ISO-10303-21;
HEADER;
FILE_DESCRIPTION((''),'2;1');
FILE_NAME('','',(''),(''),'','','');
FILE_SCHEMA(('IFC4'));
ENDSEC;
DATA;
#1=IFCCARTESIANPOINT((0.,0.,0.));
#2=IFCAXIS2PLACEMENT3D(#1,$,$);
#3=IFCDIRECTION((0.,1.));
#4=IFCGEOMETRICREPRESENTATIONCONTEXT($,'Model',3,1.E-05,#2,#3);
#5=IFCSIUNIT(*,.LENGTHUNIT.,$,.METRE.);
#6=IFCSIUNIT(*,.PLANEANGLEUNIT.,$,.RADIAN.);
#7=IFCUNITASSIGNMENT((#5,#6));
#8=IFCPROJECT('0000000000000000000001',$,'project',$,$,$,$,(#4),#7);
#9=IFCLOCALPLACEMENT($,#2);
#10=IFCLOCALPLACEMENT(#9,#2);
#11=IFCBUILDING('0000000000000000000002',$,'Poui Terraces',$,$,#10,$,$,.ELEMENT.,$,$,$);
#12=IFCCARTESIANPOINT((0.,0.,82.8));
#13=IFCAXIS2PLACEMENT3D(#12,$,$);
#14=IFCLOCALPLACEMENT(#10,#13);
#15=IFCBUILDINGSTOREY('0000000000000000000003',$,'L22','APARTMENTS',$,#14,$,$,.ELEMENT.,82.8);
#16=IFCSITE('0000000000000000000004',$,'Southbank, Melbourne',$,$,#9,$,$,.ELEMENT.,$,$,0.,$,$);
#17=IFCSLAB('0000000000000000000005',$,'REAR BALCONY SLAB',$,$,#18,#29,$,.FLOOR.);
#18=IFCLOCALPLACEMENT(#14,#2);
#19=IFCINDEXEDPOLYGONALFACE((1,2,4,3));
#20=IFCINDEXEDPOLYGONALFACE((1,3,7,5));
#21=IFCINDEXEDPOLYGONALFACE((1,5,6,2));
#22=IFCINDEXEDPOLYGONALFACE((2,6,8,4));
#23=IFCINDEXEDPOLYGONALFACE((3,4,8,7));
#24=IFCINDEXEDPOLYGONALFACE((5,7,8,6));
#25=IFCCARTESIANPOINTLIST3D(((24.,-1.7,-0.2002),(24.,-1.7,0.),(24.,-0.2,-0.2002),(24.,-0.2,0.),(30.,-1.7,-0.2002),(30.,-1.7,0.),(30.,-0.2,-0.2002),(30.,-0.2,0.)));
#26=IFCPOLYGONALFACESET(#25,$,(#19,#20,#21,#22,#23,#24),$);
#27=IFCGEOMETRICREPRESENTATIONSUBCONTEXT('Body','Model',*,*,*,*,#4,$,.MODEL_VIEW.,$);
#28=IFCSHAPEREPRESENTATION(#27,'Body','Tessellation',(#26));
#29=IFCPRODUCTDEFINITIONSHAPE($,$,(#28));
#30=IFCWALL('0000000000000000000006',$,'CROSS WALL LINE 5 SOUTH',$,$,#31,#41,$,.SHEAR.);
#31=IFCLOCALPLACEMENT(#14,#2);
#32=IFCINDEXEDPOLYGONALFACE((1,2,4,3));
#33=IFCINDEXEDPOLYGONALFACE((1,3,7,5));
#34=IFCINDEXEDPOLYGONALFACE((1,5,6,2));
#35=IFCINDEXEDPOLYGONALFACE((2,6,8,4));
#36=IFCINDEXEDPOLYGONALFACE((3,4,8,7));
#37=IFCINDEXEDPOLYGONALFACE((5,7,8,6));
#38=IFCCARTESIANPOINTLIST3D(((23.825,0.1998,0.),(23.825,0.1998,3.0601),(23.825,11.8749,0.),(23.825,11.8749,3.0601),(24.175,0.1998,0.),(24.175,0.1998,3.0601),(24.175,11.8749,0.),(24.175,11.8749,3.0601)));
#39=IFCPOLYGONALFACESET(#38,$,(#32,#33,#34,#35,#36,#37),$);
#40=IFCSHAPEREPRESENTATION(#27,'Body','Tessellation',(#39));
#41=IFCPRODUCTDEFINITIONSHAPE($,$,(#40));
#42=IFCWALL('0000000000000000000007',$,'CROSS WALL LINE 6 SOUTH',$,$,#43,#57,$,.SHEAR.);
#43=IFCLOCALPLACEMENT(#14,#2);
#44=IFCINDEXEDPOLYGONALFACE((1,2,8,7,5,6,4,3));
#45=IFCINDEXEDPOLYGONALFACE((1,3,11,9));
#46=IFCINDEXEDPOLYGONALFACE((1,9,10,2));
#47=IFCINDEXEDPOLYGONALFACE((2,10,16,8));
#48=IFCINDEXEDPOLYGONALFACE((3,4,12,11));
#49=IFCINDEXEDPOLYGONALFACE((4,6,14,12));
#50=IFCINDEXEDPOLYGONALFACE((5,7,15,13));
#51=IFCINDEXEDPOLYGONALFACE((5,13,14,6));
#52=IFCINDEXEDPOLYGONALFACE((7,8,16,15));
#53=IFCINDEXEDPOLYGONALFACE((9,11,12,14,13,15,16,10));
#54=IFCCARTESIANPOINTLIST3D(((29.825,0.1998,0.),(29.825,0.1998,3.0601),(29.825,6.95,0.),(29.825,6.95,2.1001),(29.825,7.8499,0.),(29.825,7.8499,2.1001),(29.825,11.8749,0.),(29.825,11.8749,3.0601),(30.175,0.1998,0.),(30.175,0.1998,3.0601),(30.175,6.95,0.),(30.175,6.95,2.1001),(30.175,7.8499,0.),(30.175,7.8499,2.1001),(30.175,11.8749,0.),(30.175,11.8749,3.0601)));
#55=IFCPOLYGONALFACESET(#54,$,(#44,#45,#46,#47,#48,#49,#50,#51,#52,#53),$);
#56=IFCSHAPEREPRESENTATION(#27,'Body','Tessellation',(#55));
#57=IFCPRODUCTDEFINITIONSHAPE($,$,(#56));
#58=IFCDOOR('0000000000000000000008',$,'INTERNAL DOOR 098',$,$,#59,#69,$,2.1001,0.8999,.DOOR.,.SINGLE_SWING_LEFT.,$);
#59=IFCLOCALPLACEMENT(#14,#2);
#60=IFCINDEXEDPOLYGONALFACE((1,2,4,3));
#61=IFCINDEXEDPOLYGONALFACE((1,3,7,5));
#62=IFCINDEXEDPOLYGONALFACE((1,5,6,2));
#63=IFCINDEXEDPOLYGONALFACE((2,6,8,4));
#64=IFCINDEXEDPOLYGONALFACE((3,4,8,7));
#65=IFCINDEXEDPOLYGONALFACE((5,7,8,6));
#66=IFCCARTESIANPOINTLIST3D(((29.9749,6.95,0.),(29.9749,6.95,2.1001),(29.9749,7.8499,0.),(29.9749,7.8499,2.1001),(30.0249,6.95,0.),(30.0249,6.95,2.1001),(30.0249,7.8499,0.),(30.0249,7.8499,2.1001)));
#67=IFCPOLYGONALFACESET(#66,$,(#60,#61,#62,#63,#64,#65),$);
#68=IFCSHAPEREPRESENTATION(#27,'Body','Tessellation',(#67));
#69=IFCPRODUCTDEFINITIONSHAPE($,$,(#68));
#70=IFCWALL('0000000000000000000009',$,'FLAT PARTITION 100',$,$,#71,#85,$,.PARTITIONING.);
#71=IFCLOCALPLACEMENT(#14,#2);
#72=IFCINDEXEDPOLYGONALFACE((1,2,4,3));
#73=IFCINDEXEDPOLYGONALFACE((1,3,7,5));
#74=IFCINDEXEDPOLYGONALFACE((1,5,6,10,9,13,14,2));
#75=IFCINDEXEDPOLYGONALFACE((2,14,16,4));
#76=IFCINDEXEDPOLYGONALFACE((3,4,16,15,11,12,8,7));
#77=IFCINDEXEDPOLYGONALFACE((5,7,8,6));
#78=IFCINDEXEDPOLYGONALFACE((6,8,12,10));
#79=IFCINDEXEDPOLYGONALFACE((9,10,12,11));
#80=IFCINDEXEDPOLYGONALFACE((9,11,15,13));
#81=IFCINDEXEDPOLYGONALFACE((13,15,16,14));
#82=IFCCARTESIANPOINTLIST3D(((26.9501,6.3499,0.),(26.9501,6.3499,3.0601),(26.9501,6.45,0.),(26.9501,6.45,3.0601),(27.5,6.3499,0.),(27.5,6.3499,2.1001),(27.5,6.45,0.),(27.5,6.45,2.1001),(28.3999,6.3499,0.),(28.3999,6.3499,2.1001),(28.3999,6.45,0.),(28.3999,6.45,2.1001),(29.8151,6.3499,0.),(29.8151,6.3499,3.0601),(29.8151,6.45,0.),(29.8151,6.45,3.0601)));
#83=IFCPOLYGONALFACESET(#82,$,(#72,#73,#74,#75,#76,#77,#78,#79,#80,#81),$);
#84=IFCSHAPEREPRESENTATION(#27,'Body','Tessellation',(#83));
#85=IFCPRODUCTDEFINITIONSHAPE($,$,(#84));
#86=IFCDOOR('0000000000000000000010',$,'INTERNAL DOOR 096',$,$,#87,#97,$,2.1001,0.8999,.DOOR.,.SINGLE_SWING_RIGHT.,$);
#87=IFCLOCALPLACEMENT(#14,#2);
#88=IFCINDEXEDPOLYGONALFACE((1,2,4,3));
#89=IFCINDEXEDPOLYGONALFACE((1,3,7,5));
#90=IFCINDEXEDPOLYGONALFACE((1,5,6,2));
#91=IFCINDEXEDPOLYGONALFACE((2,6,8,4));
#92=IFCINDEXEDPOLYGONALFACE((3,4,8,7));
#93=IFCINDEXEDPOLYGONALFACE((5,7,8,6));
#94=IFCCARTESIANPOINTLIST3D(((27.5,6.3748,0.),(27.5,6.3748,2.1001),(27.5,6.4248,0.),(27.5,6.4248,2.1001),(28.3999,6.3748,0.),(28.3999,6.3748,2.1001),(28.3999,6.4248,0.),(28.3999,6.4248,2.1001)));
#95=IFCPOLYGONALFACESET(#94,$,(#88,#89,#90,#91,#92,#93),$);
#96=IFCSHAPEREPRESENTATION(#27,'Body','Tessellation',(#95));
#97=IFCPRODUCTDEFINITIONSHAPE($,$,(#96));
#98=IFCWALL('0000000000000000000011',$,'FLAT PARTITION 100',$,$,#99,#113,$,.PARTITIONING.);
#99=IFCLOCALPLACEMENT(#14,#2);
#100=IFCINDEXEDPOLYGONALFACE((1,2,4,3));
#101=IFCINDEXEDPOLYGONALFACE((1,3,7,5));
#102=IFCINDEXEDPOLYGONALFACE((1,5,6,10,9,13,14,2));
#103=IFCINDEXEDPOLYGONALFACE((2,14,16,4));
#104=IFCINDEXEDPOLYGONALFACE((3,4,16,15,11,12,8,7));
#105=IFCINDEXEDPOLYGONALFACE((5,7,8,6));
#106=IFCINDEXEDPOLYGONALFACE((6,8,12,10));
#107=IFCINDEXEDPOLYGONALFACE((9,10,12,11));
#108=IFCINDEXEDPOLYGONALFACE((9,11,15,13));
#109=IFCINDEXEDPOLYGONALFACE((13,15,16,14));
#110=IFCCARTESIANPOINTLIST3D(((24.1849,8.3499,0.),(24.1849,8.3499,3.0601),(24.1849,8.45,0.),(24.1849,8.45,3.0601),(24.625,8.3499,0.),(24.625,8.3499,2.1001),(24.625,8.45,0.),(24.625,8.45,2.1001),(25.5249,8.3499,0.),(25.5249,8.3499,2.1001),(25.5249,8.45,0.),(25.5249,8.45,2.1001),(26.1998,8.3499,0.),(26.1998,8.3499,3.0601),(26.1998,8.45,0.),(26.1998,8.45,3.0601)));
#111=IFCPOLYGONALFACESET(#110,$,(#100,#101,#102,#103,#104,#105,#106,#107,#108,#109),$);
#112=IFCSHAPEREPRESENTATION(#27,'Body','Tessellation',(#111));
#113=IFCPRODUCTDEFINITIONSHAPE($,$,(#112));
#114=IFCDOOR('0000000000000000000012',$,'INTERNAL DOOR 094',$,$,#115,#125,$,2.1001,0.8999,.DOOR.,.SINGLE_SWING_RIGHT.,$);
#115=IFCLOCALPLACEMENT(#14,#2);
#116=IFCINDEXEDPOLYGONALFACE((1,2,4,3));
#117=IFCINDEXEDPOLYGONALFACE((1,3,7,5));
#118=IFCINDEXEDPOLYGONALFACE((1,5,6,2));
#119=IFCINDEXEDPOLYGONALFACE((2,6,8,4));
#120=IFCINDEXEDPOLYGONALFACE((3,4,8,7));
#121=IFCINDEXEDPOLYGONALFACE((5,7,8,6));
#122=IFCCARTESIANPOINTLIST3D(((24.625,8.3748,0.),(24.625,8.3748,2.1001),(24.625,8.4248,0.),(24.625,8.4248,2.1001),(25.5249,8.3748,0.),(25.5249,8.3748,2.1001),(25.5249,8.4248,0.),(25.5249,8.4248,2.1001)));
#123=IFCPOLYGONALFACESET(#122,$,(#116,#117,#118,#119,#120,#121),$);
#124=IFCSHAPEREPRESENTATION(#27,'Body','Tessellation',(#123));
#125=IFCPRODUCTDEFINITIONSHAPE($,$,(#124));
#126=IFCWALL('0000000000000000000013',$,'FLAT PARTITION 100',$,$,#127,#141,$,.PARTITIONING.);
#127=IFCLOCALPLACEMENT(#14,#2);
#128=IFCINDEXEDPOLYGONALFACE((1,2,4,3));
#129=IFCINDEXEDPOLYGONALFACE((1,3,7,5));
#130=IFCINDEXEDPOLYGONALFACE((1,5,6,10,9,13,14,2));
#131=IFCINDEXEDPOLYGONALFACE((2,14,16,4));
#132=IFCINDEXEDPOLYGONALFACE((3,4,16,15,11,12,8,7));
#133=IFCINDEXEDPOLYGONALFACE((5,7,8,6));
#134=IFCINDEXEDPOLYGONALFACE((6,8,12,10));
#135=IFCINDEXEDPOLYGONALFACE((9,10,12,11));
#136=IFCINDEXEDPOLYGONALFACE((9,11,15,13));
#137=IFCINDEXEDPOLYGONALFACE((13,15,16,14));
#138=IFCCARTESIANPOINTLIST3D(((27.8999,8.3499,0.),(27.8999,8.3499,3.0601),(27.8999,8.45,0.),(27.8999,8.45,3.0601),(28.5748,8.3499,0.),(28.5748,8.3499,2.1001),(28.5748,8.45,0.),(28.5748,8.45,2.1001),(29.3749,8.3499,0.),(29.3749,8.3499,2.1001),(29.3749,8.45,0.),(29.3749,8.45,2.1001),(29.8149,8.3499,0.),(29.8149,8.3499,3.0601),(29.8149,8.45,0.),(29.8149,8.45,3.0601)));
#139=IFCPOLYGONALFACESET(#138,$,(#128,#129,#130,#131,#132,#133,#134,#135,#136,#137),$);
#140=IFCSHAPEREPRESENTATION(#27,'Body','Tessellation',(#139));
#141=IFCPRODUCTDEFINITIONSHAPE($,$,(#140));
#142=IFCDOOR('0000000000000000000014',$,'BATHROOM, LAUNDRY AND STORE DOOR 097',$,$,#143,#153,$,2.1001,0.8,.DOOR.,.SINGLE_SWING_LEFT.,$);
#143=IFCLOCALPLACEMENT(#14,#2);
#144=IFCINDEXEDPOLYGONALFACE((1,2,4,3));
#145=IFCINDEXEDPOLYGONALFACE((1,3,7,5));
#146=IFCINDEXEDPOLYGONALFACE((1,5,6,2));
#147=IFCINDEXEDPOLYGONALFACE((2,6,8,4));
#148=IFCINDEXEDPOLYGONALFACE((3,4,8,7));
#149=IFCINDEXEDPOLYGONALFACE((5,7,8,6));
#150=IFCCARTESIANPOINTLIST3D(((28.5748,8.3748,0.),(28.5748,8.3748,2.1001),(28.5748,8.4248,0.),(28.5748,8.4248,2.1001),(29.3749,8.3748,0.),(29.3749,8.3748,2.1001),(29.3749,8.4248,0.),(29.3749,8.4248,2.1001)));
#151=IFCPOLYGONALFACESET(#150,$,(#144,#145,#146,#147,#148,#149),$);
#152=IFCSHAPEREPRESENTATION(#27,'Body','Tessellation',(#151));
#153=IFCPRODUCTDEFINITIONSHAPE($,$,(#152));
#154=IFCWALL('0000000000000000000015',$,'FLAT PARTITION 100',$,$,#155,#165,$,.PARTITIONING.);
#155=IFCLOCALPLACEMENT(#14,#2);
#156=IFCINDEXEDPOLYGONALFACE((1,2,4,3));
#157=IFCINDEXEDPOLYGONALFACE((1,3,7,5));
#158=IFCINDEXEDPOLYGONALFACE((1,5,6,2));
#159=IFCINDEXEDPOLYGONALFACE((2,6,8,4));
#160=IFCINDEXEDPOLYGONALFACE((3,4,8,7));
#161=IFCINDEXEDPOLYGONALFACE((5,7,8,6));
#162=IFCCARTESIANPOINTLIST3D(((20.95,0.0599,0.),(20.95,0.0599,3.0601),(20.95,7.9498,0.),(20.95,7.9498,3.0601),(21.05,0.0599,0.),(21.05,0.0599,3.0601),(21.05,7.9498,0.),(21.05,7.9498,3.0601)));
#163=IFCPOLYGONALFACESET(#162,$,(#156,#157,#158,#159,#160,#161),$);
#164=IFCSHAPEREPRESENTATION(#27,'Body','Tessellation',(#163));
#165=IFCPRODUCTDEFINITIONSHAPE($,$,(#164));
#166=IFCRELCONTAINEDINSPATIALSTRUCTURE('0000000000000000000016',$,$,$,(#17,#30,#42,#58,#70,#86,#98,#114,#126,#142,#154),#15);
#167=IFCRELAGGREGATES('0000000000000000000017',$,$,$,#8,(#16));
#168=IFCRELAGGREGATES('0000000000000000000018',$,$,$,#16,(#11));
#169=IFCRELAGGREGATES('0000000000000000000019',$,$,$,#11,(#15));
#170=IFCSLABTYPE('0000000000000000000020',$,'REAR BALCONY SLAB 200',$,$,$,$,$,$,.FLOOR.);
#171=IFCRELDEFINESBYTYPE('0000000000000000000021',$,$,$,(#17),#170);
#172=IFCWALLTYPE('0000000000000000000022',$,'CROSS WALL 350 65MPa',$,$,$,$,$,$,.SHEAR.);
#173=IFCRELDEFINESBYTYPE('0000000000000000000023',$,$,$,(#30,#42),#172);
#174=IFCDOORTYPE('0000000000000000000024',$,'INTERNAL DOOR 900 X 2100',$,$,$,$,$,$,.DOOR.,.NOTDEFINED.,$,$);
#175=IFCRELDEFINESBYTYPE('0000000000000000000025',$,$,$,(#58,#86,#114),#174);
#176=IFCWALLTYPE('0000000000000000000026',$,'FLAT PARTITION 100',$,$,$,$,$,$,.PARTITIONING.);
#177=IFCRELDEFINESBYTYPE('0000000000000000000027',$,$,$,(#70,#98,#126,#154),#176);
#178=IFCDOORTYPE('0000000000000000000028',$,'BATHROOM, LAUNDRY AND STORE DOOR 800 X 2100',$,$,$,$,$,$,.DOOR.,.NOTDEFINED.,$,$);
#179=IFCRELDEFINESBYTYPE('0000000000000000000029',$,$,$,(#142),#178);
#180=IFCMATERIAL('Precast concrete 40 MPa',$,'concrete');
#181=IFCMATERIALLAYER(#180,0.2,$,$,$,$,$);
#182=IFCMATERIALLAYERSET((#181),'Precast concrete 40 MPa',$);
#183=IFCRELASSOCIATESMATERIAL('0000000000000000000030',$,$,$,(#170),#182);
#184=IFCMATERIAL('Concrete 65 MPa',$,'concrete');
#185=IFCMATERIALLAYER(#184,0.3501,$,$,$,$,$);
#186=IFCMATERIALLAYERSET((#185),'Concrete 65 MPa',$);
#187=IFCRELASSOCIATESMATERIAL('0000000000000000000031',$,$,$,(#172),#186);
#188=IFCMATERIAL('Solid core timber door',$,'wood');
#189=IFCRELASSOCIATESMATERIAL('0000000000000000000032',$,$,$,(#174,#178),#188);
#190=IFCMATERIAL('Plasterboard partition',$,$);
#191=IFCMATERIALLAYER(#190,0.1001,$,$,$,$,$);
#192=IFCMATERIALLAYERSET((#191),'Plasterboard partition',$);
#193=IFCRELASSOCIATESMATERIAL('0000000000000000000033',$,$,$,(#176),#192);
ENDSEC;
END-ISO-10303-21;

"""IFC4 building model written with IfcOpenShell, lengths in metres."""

from ifc_helpers import new_model, si_unit, direction, frame, frame_2d, origin, place, context, subcontext, project, spatial, polyline, rectangle, outline, extrude, source, transform, mapped, material, layer, layer_set, type_object, element, fill, save


model = new_model("IFC4")

# Units and contexts
model_context = context("Model", 3, precision=1e-05, world=origin(), true_north=direction((0.0, 1.0)))
body_context = subcontext(model_context, "Body", "Model", "MODEL_VIEW")
ifc_project = project(units=[si_unit("LENGTHUNIT", "METRE"), si_unit("PLANEANGLEUNIT", "RADIAN")], contexts=[model_context])

# Site, building, storey
site_placement = place(None, origin())
site = spatial("IfcSite", under=ifc_project, at=site_placement, Name="Southbank, Melbourne", CompositionType="ELEMENT", RefElevation=0.0)
building_placement = place(site_placement, origin())
building = spatial("IfcBuilding", under=site, at=building_placement, Name="Poui Terraces", CompositionType="ELEMENT")
storey_placement = place(building_placement, frame((0.0, 0.0, 82.8)))
storey = spatial("IfcBuildingStorey", under=building, at=storey_placement, Name="L22", Description="APARTMENTS", CompositionType="ELEMENT", Elevation=82.8)

# Slab
ifc_material_1 = material(Name="Precast concrete 40 MPa", Category="concrete")
ifc_layer_1 = layer(ifc_material_1, 0.2)
ifc_layer_set_1 = layer_set([ifc_layer_1], Name="Precast concrete 40 MPa")
slab_type = type_object("IfcSlabType", Name="REAR BALCONY SLAB 200", PredefinedType="FLOOR", material=ifc_layer_set_1)
shared_shape_1 = source(origin(), body_context, "Body", "SweptSolid", [
    extrude(outline(polyline([(0.0, 0.0), (6.0, 0.0), (6.0, 1.5), (0.0, 1.5), (0.0, 0.0)])), origin(), (0.0, 0.0, 1.0), 0.2002),
])
slab_placement = place(storey_placement, frame((24.0, -1.7, -0.2002)))
element("IfcSlab", 1, at=slab_placement, inside=storey, type_object=slab_type, Name="REAR BALCONY SLAB", PredefinedType="FLOOR", context=body_context, shape_type="MappedRepresentation", body=[
    mapped(shared_shape_1, transform((0.0, 0.0, 0.0))),
])

# Wall
ifc_material_2 = material(Name="Concrete 65 MPa", Category="concrete")
ifc_layer_2 = layer(ifc_material_2, 0.3501)
ifc_layer_set_2 = layer_set([ifc_layer_2], Name="Concrete 65 MPa")
wall_type_1 = type_object("IfcWallType", Name="CROSS WALL 350 65MPa", PredefinedType="SHEAR", material=ifc_layer_set_2)
wall_1_placement = place(storey_placement, frame((24.0, 0.2, 0.0), z_axis=(0.0, 0.0, 1.0), x_axis=(0.0, 1.0, 0.0)))
element("IfcWall", 2, at=wall_1_placement, inside=storey, type_object=wall_type_1, Name="CROSS WALL LINE 5 SOUTH", PredefinedType="SHEAR", context=body_context, shape_type="SweptSolid", body=[
    extrude(rectangle(XDim=11.675, YDim=0.3501, at=frame_2d((5.8374, 0.0))), origin(), (0.0, 0.0, 1.0), 3.0601),
])

# Walls, openings, doors
wall_2_placement = place(storey_placement, frame((30.0, 0.2, 0.0), z_axis=(0.0, 0.0, 1.0), x_axis=(0.0, 1.0, 0.0)))
wall_2 = element("IfcWall", 3, at=wall_2_placement, inside=storey, type_object=wall_type_1, Name="CROSS WALL LINE 6 SOUTH", PredefinedType="SHEAR", context=body_context, shape_type="SweptSolid", body=[
    extrude(rectangle(XDim=11.675, YDim=0.3501, at=frame_2d((5.8374, 0.0))), origin(), (0.0, 0.0, 1.0), 3.0601),
])
opening_1_placement = place(wall_2_placement, frame((6.75, 0.0, 0.0)))
opening_1 = element("IfcOpeningElement", 4, at=opening_1_placement, cuts=wall_2, PredefinedType="OPENING", context=body_context, shape_type="SweptSolid", body=[
    extrude(rectangle(XDim=0.8999, YDim=2.1001, at=frame_2d((0.45, 1.05))), frame((0.0, 0.1851, 0.0), z_axis=(0.0, -1.0, 0.0), x_axis=(1.0, 0.0, 0.0)), (0.0, 0.0, 1.0), 0.3701),
])
ifc_material_3 = material(Name="Solid core timber door", Category="wood")
door_type_1 = type_object("IfcDoorType", Name="INTERNAL DOOR 900 X 2100", OperationType="NOTDEFINED", PredefinedType="DOOR", material=ifc_material_3)
door_1_placement = place(opening_1_placement, frame((0.8999, 0.0, 0.0), z_axis=(0.0, 0.0, 1.0), x_axis=(-1.0, 0.0, 0.0)))
door_1 = element("IfcDoor", 5, at=door_1_placement, inside=storey, type_object=door_type_1, Name="INTERNAL DOOR 098", OperationType="SINGLE_SWING_LEFT", OverallHeight=2.1001, OverallWidth=0.8999, PredefinedType="DOOR", context=body_context, shape_type="SweptSolid", body=[
    extrude(rectangle(XDim=0.8999, YDim=2.1001, at=frame_2d((0.45, 1.05))), frame((0.0, 0.0249, 0.0), z_axis=(0.0, -1.0, 0.0), x_axis=(1.0, 0.0, 0.0)), (0.0, 0.0, 1.0), 0.05),
])
fill(opening_1, door_1)
ifc_material_4 = material(Name="Plasterboard partition")
ifc_layer_3 = layer(ifc_material_4, 0.1001)
ifc_layer_set_3 = layer_set([ifc_layer_3], Name="Plasterboard partition")
wall_type_2 = type_object("IfcWallType", Name="FLAT PARTITION 100", PredefinedType="PARTITIONING", material=ifc_layer_set_3)
wall_3_placement = place(storey_placement, frame((26.95, 6.3999, 0.0), z_axis=(0.0, 0.0, 1.0), x_axis=(1.0, 0.0, 0.0)))
wall_3 = element("IfcWall", 6, at=wall_3_placement, inside=storey, type_object=wall_type_2, Name="FLAT PARTITION 100", PredefinedType="PARTITIONING", context=body_context, shape_type="SweptSolid", body=[
    extrude(rectangle(XDim=2.865, YDim=0.1001, at=frame_2d((1.4326, 0.0))), origin(), (0.0, 0.0, 1.0), 3.0601),
])
opening_2_placement = place(wall_3_placement, frame((0.55, 0.0, 0.0)))
opening_2 = element("IfcOpeningElement", 7, at=opening_2_placement, cuts=wall_3, PredefinedType="OPENING", context=body_context, shape_type="SweptSolid", body=[
    extrude(rectangle(XDim=0.8999, YDim=2.1001, at=frame_2d((0.45, 1.05))), frame((0.0, 0.0601, 0.0), z_axis=(0.0, -1.0, 0.0), x_axis=(1.0, 0.0, 0.0)), (0.0, 0.0, 1.0), 0.1201),
])
door_2_placement = place(opening_2_placement, origin())
door_2 = element("IfcDoor", 8, at=door_2_placement, inside=storey, type_object=door_type_1, Name="INTERNAL DOOR 096", OperationType="SINGLE_SWING_RIGHT", OverallHeight=2.1001, OverallWidth=0.8999, PredefinedType="DOOR", context=body_context, shape_type="SweptSolid", body=[
    extrude(rectangle(XDim=0.8999, YDim=2.1001, at=frame_2d((0.45, 1.05))), frame((0.0, 0.0249, 0.0), z_axis=(0.0, -1.0, 0.0), x_axis=(1.0, 0.0, 0.0)), (0.0, 0.0, 1.0), 0.05),
])
fill(opening_2, door_2)
wall_4_placement = place(storey_placement, frame((24.1851, 8.3999, 0.0), z_axis=(0.0, 0.0, 1.0), x_axis=(1.0, 0.0, 0.0)))
wall_4 = element("IfcWall", 9, at=wall_4_placement, inside=storey, type_object=wall_type_2, Name="FLAT PARTITION 100", PredefinedType="PARTITIONING", context=body_context, shape_type="SweptSolid", body=[
    extrude(rectangle(XDim=2.0149, YDim=0.1001, at=frame_2d((1.0073, 0.0))), origin(), (0.0, 0.0, 1.0), 3.0601),
])
opening_3_placement = place(wall_4_placement, frame((0.4399, 0.0, 0.0)))
opening_3 = element("IfcOpeningElement", 10, at=opening_3_placement, cuts=wall_4, PredefinedType="OPENING", context=body_context, shape_type="SweptSolid", body=[
    extrude(rectangle(XDim=0.8999, YDim=2.1001, at=frame_2d((0.45, 1.05))), frame((0.0, 0.0601, 0.0), z_axis=(0.0, -1.0, 0.0), x_axis=(1.0, 0.0, 0.0)), (0.0, 0.0, 1.0), 0.1201),
])
door_3_placement = place(opening_3_placement, origin())
door_3 = element("IfcDoor", 11, at=door_3_placement, inside=storey, type_object=door_type_1, Name="INTERNAL DOOR 094", OperationType="SINGLE_SWING_RIGHT", OverallHeight=2.1001, OverallWidth=0.8999, PredefinedType="DOOR", context=body_context, shape_type="SweptSolid", body=[
    extrude(rectangle(XDim=0.8999, YDim=2.1001, at=frame_2d((0.45, 1.05))), frame((0.0, 0.0249, 0.0), z_axis=(0.0, -1.0, 0.0), x_axis=(1.0, 0.0, 0.0)), (0.0, 0.0, 1.0), 0.05),
])
fill(opening_3, door_3)
wall_5_placement = place(storey_placement, frame((27.8999, 8.3999, 0.0), z_axis=(0.0, 0.0, 1.0), x_axis=(1.0, 0.0, 0.0)))
wall_5 = element("IfcWall", 12, at=wall_5_placement, inside=storey, type_object=wall_type_2, Name="FLAT PARTITION 100", PredefinedType="PARTITIONING", context=body_context, shape_type="SweptSolid", body=[
    extrude(rectangle(XDim=1.915, YDim=0.1001, at=frame_2d((0.9575, 0.0))), origin(), (0.0, 0.0, 1.0), 3.0601),
])
opening_4_placement = place(wall_5_placement, frame((0.675, 0.0, 0.0)))
opening_4 = element("IfcOpeningElement", 13, at=opening_4_placement, cuts=wall_5, PredefinedType="OPENING", context=body_context, shape_type="SweptSolid", body=[
    extrude(rectangle(XDim=0.8, YDim=2.1001, at=frame_2d((0.3999, 1.05))), frame((0.0, 0.0601, 0.0), z_axis=(0.0, -1.0, 0.0), x_axis=(1.0, 0.0, 0.0)), (0.0, 0.0, 1.0), 0.1201),
])
door_type_2 = type_object("IfcDoorType", Name="BATHROOM, LAUNDRY AND STORE DOOR 800 X 2100", OperationType="NOTDEFINED", PredefinedType="DOOR", material=ifc_material_3)
door_4_placement = place(opening_4_placement, origin())
door_4 = element("IfcDoor", 14, at=door_4_placement, inside=storey, type_object=door_type_2, Name="BATHROOM, LAUNDRY AND STORE DOOR 097", OperationType="SINGLE_SWING_LEFT", OverallHeight=2.1001, OverallWidth=0.8, PredefinedType="DOOR", context=body_context, shape_type="SweptSolid", body=[
    extrude(rectangle(XDim=0.8, YDim=2.1001, at=frame_2d((0.3999, 1.05))), frame((0.0, 0.0249, 0.0), z_axis=(0.0, -1.0, 0.0), x_axis=(1.0, 0.0, 0.0)), (0.0, 0.0, 1.0), 0.05),
])
fill(opening_4, door_4)

# Wall
wall_6_placement = place(storey_placement, frame((21.0, 0.0601, 0.0), z_axis=(0.0, 0.0, 1.0), x_axis=(0.0, 1.0, 0.0)))
element("IfcWall", 15, at=wall_6_placement, inside=storey, type_object=wall_type_2, Name="FLAT PARTITION 100", PredefinedType="PARTITIONING", context=body_context, shape_type="SweptSolid", body=[
    extrude(rectangle(XDim=7.8899, YDim=0.1001, at=frame_2d((3.9448, 0.0))), origin(), (0.0, 0.0, 1.0), 3.0601),
])

save(model, "model.ifc")
